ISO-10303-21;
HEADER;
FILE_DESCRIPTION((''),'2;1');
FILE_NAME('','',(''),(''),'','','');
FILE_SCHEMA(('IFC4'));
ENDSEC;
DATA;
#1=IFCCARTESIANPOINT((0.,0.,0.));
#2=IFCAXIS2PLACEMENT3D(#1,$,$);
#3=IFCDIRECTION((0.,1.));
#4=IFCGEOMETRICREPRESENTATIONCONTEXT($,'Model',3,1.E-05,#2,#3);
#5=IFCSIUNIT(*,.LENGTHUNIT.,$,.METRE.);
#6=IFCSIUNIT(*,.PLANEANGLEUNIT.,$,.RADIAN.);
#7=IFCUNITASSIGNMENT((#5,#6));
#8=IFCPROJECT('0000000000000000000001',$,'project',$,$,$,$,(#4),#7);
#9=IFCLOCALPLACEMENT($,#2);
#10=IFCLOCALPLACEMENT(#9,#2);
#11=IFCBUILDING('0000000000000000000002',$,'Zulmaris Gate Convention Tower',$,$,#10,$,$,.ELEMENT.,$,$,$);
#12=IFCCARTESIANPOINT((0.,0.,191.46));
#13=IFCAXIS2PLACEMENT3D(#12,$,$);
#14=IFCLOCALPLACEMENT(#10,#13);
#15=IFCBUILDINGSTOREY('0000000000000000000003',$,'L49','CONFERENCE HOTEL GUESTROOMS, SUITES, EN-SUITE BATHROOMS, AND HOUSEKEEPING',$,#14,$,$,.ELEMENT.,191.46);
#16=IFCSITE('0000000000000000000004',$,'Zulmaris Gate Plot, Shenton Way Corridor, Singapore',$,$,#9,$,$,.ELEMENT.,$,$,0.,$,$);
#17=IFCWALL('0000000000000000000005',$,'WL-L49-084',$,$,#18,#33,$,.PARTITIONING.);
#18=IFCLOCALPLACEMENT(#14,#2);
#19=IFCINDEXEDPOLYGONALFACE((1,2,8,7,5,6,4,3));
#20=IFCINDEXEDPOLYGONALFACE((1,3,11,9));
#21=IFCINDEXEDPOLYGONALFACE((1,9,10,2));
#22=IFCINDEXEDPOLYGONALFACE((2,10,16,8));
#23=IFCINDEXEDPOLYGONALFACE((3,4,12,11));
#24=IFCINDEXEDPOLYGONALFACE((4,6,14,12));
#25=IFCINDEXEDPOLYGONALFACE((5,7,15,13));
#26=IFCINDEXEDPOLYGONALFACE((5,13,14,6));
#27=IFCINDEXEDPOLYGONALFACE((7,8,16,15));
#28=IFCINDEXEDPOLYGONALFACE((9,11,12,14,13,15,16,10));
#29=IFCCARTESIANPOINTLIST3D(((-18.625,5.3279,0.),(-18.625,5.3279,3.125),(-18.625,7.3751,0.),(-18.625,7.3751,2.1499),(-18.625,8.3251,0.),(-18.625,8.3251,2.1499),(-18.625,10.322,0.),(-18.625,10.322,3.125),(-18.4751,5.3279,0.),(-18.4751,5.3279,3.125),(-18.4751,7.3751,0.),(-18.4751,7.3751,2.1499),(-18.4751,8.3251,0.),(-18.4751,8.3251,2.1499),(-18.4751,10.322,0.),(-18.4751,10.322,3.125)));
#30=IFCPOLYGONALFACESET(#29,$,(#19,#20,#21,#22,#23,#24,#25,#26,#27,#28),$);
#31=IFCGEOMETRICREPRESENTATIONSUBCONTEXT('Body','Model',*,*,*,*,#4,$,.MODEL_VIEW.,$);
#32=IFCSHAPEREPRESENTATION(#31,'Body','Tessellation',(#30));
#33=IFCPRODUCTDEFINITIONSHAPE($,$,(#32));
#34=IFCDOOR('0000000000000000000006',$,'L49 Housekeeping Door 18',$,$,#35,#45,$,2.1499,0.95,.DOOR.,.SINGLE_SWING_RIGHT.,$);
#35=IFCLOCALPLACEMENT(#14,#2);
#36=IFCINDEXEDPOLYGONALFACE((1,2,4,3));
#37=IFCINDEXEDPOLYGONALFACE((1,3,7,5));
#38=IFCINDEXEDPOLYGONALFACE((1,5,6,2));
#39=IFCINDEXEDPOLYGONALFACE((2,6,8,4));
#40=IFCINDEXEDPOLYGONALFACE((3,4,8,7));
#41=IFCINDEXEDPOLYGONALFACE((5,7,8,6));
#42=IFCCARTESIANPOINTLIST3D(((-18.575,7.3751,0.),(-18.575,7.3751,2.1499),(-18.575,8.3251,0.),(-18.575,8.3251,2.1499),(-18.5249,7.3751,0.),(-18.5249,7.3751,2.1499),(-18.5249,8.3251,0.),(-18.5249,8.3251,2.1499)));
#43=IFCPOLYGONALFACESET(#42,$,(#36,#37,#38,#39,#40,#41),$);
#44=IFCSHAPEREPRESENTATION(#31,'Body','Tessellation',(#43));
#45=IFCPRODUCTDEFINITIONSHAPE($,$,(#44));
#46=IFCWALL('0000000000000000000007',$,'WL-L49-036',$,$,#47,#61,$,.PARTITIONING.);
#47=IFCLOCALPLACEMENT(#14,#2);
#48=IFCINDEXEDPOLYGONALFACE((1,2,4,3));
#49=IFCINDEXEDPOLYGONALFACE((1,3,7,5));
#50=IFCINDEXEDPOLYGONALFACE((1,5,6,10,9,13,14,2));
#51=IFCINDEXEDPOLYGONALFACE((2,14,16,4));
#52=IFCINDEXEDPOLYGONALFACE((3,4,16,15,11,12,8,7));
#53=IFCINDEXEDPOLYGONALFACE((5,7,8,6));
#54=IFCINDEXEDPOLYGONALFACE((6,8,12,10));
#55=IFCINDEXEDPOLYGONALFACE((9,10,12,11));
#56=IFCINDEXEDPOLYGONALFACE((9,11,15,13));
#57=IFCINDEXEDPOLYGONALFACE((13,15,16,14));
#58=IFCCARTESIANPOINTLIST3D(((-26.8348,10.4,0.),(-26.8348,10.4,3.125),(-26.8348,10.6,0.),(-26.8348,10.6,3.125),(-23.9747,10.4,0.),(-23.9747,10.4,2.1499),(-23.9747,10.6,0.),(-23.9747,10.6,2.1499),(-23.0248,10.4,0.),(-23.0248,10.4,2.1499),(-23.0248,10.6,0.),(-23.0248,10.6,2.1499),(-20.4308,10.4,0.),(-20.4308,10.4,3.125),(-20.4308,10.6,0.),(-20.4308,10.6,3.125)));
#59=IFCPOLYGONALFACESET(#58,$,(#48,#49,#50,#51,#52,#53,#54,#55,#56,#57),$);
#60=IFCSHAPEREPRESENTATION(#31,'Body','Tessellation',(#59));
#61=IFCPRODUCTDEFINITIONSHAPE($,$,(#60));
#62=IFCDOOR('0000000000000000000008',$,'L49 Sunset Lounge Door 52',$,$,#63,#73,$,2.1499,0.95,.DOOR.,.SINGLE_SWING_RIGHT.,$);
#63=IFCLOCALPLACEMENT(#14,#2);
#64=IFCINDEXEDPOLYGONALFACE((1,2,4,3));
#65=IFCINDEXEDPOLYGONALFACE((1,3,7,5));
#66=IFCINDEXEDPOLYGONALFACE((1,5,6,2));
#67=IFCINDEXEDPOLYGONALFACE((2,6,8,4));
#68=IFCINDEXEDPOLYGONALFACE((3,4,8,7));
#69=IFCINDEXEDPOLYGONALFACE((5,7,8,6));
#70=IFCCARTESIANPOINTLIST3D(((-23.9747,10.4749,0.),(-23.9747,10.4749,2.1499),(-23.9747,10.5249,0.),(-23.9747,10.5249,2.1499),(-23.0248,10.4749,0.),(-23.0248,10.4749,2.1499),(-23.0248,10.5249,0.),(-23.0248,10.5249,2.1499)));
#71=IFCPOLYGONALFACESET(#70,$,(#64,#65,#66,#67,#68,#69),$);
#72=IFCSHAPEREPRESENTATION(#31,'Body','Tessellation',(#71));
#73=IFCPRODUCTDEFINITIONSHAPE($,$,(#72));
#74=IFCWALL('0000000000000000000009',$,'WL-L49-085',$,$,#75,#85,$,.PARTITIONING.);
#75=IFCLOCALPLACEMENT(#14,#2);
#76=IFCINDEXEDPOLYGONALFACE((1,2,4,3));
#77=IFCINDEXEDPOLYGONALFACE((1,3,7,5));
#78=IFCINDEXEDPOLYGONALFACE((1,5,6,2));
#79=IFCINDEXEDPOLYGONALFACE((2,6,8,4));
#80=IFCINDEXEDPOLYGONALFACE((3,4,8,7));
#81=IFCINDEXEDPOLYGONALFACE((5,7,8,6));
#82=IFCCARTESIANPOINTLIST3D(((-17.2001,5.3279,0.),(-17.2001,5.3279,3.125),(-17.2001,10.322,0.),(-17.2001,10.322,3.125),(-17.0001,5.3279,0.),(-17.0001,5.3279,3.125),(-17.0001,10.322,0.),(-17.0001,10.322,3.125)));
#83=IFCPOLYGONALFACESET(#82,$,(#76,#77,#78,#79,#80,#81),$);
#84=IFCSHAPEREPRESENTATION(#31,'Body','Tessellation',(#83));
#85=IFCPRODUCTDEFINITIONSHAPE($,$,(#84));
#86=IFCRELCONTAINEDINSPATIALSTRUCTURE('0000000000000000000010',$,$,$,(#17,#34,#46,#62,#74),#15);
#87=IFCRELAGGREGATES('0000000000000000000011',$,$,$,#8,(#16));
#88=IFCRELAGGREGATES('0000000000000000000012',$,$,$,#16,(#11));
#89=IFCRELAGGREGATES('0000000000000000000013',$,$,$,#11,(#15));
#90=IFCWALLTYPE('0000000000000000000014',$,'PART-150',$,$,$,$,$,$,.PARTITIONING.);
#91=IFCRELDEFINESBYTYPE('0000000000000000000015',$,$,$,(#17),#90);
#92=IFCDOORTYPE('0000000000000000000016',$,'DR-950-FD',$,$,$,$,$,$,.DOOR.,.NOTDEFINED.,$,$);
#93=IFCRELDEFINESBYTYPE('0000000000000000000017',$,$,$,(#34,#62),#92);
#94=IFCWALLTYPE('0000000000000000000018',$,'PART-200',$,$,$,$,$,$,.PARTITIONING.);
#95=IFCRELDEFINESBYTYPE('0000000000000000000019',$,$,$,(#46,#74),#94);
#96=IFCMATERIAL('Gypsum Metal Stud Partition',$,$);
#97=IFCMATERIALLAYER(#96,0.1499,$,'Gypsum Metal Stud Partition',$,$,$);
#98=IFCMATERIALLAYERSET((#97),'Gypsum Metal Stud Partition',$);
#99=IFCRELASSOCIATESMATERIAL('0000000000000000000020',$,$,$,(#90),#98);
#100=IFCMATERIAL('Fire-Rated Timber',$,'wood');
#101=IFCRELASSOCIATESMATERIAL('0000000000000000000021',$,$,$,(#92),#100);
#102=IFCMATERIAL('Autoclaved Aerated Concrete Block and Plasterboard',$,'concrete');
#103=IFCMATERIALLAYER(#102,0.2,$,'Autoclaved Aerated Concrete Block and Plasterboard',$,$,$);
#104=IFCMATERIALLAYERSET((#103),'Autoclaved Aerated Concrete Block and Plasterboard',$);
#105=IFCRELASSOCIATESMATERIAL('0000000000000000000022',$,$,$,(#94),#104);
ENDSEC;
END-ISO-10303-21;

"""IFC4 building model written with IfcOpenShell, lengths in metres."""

from ifc_helpers import new_model, si_unit, direction, frame, frame_2d, origin, place, context, subcontext, project, spatial, rectangle, extrude, material, layer, layer_set, type_object, element, fill, save


model = new_model("IFC4")

# Units and contexts
model_context = context("Model", 3, precision=1e-05, world=origin(), true_north=direction((0.0, 1.0)))
body_context = subcontext(model_context, "Body", "Model", "MODEL_VIEW")
ifc_project = project(units=[si_unit("LENGTHUNIT", "METRE"), si_unit("PLANEANGLEUNIT", "RADIAN")], contexts=[model_context])

# Site, building, storey
site_placement = place(None, origin())
site = spatial("IfcSite", under=ifc_project, at=site_placement, Name="Zulmaris Gate Plot, Shenton Way Corridor, Singapore", CompositionType="ELEMENT", RefElevation=0.0)
building_placement = place(site_placement, origin())
building = spatial("IfcBuilding", under=site, at=building_placement, Name="Zulmaris Gate Convention Tower", CompositionType="ELEMENT")
storey_placement = place(building_placement, frame((0.0, 0.0, 191.46)))
storey = spatial("IfcBuildingStorey", under=building, at=storey_placement, Name="L49", Description="CONFERENCE HOTEL GUESTROOMS, SUITES, EN-SUITE BATHROOMS, AND HOUSEKEEPING", CompositionType="ELEMENT", Elevation=191.46)

# Walls, openings, doors
ifc_material_1 = material(Name="Gypsum Metal Stud Partition")
ifc_layer_1 = layer(ifc_material_1, 0.1499, Name="Gypsum Metal Stud Partition")
ifc_layer_set_1 = layer_set([ifc_layer_1], Name="Gypsum Metal Stud Partition")
wall_type_1 = type_object("IfcWallType", Name="PART-150", PredefinedType="PARTITIONING", material=ifc_layer_set_1)
wall_1_placement = place(storey_placement, frame((-18.55, 5.3279, 0.0), z_axis=(0.0, 0.0, 1.0), x_axis=(0.0, 1.0, 0.0)))
wall_1 = element("IfcWall", 1, at=wall_1_placement, inside=storey, type_object=wall_type_1, Name="WL-L49-084", PredefinedType="PARTITIONING", context=body_context, shape_type="SweptSolid", body=[
    extrude(rectangle(XDim=4.9941, YDim=0.1499, at=frame_2d((2.4971, 0.0))), origin(), (0.0, 0.0, 1.0), 3.125),
])
opening_1_placement = place(wall_1_placement, frame((2.0471, 0.0, 0.0)))
opening_1 = element("IfcOpeningElement", 2, at=opening_1_placement, cuts=wall_1, PredefinedType="OPENING", context=body_context, shape_type="SweptSolid", body=[
    extrude(rectangle(XDim=0.95, YDim=2.1499, at=frame_2d((0.4751, 1.075))), frame((0.0, 0.085, 0.0), z_axis=(0.0, -1.0, 0.0), x_axis=(1.0, 0.0, 0.0)), (0.0, 0.0, 1.0), 0.1699),
])
ifc_material_2 = material(Name="Fire-Rated Timber", Category="wood")
door_type_1 = type_object("IfcDoorType", Name="DR-950-FD", OperationType="NOTDEFINED", PredefinedType="DOOR", material=ifc_material_2)
door_1_placement = place(opening_1_placement, origin())
door_1 = element("IfcDoor", 3, at=door_1_placement, inside=storey, type_object=door_type_1, Name="L49 Housekeeping Door 18", OperationType="SINGLE_SWING_RIGHT", OverallHeight=2.1499, OverallWidth=0.95, PredefinedType="DOOR", context=body_context, shape_type="SweptSolid", body=[
    extrude(rectangle(XDim=0.95, YDim=2.1499, at=frame_2d((0.4751, 1.075))), frame((0.0, 0.0249, 0.0), z_axis=(0.0, -1.0, 0.0), x_axis=(1.0, 0.0, 0.0)), (0.0, 0.0, 1.0), 0.05),
])
fill(opening_1, door_1)
ifc_material_3 = material(Name="Autoclaved Aerated Concrete Block and Plasterboard", Category="concrete")
ifc_layer_2 = layer(ifc_material_3, 0.2, Name="Autoclaved Aerated Concrete Block and Plasterboard")
ifc_layer_set_2 = layer_set([ifc_layer_2], Name="Autoclaved Aerated Concrete Block and Plasterboard")
wall_type_2 = type_object("IfcWallType", Name="PART-200", PredefinedType="PARTITIONING", material=ifc_layer_set_2)
wall_2_placement = place(storey_placement, frame((-26.835, 10.5, 0.0), z_axis=(0.0, 0.0, 1.0), x_axis=(1.0, 0.0, 0.0)))
wall_2 = element("IfcWall", 4, at=wall_2_placement, inside=storey, type_object=wall_type_2, Name="WL-L49-036", PredefinedType="PARTITIONING", context=body_context, shape_type="SweptSolid", body=[
    extrude(rectangle(XDim=6.4041, YDim=0.2, at=frame_2d((3.2021, 0.0))), origin(), (0.0, 0.0, 1.0), 3.125),
])
opening_2_placement = place(wall_2_placement, frame((2.8601, 0.0, 0.0)))
opening_2 = element("IfcOpeningElement", 5, at=opening_2_placement, cuts=wall_2, PredefinedType="OPENING", context=body_context, shape_type="SweptSolid", body=[
    extrude(rectangle(XDim=0.95, YDim=2.1499, at=frame_2d((0.4751, 1.075))), frame((0.0, 0.1099, 0.0), z_axis=(0.0, -1.0, 0.0), x_axis=(1.0, 0.0, 0.0)), (0.0, 0.0, 1.0), 0.22),
])
door_2_placement = place(opening_2_placement, origin())
door_2 = element("IfcDoor", 6, at=door_2_placement, inside=storey, type_object=door_type_1, Name="L49 Sunset Lounge Door 52", OperationType="SINGLE_SWING_RIGHT", OverallHeight=2.1499, OverallWidth=0.95, PredefinedType="DOOR", context=body_context, shape_type="SweptSolid", body=[
    extrude(rectangle(XDim=0.95, YDim=2.1499, at=frame_2d((0.4751, 1.075))), frame((0.0, 0.0249, 0.0), z_axis=(0.0, -1.0, 0.0), x_axis=(1.0, 0.0, 0.0)), (0.0, 0.0, 1.0), 0.05),
])
fill(opening_2, door_2)

# Wall
wall_3_placement = place(storey_placement, frame((-17.1001, 5.3279, 0.0), z_axis=(0.0, 0.0, 1.0), x_axis=(0.0, 1.0, 0.0)))
element("IfcWall", 7, at=wall_3_placement, inside=storey, type_object=wall_type_2, Name="WL-L49-085", PredefinedType="PARTITIONING", context=body_context, shape_type="SweptSolid", body=[
    extrude(rectangle(XDim=4.9941, YDim=0.2, at=frame_2d((2.4971, 0.0))), origin(), (0.0, 0.0, 1.0), 3.125),
])

save(model, "model.ifc")
